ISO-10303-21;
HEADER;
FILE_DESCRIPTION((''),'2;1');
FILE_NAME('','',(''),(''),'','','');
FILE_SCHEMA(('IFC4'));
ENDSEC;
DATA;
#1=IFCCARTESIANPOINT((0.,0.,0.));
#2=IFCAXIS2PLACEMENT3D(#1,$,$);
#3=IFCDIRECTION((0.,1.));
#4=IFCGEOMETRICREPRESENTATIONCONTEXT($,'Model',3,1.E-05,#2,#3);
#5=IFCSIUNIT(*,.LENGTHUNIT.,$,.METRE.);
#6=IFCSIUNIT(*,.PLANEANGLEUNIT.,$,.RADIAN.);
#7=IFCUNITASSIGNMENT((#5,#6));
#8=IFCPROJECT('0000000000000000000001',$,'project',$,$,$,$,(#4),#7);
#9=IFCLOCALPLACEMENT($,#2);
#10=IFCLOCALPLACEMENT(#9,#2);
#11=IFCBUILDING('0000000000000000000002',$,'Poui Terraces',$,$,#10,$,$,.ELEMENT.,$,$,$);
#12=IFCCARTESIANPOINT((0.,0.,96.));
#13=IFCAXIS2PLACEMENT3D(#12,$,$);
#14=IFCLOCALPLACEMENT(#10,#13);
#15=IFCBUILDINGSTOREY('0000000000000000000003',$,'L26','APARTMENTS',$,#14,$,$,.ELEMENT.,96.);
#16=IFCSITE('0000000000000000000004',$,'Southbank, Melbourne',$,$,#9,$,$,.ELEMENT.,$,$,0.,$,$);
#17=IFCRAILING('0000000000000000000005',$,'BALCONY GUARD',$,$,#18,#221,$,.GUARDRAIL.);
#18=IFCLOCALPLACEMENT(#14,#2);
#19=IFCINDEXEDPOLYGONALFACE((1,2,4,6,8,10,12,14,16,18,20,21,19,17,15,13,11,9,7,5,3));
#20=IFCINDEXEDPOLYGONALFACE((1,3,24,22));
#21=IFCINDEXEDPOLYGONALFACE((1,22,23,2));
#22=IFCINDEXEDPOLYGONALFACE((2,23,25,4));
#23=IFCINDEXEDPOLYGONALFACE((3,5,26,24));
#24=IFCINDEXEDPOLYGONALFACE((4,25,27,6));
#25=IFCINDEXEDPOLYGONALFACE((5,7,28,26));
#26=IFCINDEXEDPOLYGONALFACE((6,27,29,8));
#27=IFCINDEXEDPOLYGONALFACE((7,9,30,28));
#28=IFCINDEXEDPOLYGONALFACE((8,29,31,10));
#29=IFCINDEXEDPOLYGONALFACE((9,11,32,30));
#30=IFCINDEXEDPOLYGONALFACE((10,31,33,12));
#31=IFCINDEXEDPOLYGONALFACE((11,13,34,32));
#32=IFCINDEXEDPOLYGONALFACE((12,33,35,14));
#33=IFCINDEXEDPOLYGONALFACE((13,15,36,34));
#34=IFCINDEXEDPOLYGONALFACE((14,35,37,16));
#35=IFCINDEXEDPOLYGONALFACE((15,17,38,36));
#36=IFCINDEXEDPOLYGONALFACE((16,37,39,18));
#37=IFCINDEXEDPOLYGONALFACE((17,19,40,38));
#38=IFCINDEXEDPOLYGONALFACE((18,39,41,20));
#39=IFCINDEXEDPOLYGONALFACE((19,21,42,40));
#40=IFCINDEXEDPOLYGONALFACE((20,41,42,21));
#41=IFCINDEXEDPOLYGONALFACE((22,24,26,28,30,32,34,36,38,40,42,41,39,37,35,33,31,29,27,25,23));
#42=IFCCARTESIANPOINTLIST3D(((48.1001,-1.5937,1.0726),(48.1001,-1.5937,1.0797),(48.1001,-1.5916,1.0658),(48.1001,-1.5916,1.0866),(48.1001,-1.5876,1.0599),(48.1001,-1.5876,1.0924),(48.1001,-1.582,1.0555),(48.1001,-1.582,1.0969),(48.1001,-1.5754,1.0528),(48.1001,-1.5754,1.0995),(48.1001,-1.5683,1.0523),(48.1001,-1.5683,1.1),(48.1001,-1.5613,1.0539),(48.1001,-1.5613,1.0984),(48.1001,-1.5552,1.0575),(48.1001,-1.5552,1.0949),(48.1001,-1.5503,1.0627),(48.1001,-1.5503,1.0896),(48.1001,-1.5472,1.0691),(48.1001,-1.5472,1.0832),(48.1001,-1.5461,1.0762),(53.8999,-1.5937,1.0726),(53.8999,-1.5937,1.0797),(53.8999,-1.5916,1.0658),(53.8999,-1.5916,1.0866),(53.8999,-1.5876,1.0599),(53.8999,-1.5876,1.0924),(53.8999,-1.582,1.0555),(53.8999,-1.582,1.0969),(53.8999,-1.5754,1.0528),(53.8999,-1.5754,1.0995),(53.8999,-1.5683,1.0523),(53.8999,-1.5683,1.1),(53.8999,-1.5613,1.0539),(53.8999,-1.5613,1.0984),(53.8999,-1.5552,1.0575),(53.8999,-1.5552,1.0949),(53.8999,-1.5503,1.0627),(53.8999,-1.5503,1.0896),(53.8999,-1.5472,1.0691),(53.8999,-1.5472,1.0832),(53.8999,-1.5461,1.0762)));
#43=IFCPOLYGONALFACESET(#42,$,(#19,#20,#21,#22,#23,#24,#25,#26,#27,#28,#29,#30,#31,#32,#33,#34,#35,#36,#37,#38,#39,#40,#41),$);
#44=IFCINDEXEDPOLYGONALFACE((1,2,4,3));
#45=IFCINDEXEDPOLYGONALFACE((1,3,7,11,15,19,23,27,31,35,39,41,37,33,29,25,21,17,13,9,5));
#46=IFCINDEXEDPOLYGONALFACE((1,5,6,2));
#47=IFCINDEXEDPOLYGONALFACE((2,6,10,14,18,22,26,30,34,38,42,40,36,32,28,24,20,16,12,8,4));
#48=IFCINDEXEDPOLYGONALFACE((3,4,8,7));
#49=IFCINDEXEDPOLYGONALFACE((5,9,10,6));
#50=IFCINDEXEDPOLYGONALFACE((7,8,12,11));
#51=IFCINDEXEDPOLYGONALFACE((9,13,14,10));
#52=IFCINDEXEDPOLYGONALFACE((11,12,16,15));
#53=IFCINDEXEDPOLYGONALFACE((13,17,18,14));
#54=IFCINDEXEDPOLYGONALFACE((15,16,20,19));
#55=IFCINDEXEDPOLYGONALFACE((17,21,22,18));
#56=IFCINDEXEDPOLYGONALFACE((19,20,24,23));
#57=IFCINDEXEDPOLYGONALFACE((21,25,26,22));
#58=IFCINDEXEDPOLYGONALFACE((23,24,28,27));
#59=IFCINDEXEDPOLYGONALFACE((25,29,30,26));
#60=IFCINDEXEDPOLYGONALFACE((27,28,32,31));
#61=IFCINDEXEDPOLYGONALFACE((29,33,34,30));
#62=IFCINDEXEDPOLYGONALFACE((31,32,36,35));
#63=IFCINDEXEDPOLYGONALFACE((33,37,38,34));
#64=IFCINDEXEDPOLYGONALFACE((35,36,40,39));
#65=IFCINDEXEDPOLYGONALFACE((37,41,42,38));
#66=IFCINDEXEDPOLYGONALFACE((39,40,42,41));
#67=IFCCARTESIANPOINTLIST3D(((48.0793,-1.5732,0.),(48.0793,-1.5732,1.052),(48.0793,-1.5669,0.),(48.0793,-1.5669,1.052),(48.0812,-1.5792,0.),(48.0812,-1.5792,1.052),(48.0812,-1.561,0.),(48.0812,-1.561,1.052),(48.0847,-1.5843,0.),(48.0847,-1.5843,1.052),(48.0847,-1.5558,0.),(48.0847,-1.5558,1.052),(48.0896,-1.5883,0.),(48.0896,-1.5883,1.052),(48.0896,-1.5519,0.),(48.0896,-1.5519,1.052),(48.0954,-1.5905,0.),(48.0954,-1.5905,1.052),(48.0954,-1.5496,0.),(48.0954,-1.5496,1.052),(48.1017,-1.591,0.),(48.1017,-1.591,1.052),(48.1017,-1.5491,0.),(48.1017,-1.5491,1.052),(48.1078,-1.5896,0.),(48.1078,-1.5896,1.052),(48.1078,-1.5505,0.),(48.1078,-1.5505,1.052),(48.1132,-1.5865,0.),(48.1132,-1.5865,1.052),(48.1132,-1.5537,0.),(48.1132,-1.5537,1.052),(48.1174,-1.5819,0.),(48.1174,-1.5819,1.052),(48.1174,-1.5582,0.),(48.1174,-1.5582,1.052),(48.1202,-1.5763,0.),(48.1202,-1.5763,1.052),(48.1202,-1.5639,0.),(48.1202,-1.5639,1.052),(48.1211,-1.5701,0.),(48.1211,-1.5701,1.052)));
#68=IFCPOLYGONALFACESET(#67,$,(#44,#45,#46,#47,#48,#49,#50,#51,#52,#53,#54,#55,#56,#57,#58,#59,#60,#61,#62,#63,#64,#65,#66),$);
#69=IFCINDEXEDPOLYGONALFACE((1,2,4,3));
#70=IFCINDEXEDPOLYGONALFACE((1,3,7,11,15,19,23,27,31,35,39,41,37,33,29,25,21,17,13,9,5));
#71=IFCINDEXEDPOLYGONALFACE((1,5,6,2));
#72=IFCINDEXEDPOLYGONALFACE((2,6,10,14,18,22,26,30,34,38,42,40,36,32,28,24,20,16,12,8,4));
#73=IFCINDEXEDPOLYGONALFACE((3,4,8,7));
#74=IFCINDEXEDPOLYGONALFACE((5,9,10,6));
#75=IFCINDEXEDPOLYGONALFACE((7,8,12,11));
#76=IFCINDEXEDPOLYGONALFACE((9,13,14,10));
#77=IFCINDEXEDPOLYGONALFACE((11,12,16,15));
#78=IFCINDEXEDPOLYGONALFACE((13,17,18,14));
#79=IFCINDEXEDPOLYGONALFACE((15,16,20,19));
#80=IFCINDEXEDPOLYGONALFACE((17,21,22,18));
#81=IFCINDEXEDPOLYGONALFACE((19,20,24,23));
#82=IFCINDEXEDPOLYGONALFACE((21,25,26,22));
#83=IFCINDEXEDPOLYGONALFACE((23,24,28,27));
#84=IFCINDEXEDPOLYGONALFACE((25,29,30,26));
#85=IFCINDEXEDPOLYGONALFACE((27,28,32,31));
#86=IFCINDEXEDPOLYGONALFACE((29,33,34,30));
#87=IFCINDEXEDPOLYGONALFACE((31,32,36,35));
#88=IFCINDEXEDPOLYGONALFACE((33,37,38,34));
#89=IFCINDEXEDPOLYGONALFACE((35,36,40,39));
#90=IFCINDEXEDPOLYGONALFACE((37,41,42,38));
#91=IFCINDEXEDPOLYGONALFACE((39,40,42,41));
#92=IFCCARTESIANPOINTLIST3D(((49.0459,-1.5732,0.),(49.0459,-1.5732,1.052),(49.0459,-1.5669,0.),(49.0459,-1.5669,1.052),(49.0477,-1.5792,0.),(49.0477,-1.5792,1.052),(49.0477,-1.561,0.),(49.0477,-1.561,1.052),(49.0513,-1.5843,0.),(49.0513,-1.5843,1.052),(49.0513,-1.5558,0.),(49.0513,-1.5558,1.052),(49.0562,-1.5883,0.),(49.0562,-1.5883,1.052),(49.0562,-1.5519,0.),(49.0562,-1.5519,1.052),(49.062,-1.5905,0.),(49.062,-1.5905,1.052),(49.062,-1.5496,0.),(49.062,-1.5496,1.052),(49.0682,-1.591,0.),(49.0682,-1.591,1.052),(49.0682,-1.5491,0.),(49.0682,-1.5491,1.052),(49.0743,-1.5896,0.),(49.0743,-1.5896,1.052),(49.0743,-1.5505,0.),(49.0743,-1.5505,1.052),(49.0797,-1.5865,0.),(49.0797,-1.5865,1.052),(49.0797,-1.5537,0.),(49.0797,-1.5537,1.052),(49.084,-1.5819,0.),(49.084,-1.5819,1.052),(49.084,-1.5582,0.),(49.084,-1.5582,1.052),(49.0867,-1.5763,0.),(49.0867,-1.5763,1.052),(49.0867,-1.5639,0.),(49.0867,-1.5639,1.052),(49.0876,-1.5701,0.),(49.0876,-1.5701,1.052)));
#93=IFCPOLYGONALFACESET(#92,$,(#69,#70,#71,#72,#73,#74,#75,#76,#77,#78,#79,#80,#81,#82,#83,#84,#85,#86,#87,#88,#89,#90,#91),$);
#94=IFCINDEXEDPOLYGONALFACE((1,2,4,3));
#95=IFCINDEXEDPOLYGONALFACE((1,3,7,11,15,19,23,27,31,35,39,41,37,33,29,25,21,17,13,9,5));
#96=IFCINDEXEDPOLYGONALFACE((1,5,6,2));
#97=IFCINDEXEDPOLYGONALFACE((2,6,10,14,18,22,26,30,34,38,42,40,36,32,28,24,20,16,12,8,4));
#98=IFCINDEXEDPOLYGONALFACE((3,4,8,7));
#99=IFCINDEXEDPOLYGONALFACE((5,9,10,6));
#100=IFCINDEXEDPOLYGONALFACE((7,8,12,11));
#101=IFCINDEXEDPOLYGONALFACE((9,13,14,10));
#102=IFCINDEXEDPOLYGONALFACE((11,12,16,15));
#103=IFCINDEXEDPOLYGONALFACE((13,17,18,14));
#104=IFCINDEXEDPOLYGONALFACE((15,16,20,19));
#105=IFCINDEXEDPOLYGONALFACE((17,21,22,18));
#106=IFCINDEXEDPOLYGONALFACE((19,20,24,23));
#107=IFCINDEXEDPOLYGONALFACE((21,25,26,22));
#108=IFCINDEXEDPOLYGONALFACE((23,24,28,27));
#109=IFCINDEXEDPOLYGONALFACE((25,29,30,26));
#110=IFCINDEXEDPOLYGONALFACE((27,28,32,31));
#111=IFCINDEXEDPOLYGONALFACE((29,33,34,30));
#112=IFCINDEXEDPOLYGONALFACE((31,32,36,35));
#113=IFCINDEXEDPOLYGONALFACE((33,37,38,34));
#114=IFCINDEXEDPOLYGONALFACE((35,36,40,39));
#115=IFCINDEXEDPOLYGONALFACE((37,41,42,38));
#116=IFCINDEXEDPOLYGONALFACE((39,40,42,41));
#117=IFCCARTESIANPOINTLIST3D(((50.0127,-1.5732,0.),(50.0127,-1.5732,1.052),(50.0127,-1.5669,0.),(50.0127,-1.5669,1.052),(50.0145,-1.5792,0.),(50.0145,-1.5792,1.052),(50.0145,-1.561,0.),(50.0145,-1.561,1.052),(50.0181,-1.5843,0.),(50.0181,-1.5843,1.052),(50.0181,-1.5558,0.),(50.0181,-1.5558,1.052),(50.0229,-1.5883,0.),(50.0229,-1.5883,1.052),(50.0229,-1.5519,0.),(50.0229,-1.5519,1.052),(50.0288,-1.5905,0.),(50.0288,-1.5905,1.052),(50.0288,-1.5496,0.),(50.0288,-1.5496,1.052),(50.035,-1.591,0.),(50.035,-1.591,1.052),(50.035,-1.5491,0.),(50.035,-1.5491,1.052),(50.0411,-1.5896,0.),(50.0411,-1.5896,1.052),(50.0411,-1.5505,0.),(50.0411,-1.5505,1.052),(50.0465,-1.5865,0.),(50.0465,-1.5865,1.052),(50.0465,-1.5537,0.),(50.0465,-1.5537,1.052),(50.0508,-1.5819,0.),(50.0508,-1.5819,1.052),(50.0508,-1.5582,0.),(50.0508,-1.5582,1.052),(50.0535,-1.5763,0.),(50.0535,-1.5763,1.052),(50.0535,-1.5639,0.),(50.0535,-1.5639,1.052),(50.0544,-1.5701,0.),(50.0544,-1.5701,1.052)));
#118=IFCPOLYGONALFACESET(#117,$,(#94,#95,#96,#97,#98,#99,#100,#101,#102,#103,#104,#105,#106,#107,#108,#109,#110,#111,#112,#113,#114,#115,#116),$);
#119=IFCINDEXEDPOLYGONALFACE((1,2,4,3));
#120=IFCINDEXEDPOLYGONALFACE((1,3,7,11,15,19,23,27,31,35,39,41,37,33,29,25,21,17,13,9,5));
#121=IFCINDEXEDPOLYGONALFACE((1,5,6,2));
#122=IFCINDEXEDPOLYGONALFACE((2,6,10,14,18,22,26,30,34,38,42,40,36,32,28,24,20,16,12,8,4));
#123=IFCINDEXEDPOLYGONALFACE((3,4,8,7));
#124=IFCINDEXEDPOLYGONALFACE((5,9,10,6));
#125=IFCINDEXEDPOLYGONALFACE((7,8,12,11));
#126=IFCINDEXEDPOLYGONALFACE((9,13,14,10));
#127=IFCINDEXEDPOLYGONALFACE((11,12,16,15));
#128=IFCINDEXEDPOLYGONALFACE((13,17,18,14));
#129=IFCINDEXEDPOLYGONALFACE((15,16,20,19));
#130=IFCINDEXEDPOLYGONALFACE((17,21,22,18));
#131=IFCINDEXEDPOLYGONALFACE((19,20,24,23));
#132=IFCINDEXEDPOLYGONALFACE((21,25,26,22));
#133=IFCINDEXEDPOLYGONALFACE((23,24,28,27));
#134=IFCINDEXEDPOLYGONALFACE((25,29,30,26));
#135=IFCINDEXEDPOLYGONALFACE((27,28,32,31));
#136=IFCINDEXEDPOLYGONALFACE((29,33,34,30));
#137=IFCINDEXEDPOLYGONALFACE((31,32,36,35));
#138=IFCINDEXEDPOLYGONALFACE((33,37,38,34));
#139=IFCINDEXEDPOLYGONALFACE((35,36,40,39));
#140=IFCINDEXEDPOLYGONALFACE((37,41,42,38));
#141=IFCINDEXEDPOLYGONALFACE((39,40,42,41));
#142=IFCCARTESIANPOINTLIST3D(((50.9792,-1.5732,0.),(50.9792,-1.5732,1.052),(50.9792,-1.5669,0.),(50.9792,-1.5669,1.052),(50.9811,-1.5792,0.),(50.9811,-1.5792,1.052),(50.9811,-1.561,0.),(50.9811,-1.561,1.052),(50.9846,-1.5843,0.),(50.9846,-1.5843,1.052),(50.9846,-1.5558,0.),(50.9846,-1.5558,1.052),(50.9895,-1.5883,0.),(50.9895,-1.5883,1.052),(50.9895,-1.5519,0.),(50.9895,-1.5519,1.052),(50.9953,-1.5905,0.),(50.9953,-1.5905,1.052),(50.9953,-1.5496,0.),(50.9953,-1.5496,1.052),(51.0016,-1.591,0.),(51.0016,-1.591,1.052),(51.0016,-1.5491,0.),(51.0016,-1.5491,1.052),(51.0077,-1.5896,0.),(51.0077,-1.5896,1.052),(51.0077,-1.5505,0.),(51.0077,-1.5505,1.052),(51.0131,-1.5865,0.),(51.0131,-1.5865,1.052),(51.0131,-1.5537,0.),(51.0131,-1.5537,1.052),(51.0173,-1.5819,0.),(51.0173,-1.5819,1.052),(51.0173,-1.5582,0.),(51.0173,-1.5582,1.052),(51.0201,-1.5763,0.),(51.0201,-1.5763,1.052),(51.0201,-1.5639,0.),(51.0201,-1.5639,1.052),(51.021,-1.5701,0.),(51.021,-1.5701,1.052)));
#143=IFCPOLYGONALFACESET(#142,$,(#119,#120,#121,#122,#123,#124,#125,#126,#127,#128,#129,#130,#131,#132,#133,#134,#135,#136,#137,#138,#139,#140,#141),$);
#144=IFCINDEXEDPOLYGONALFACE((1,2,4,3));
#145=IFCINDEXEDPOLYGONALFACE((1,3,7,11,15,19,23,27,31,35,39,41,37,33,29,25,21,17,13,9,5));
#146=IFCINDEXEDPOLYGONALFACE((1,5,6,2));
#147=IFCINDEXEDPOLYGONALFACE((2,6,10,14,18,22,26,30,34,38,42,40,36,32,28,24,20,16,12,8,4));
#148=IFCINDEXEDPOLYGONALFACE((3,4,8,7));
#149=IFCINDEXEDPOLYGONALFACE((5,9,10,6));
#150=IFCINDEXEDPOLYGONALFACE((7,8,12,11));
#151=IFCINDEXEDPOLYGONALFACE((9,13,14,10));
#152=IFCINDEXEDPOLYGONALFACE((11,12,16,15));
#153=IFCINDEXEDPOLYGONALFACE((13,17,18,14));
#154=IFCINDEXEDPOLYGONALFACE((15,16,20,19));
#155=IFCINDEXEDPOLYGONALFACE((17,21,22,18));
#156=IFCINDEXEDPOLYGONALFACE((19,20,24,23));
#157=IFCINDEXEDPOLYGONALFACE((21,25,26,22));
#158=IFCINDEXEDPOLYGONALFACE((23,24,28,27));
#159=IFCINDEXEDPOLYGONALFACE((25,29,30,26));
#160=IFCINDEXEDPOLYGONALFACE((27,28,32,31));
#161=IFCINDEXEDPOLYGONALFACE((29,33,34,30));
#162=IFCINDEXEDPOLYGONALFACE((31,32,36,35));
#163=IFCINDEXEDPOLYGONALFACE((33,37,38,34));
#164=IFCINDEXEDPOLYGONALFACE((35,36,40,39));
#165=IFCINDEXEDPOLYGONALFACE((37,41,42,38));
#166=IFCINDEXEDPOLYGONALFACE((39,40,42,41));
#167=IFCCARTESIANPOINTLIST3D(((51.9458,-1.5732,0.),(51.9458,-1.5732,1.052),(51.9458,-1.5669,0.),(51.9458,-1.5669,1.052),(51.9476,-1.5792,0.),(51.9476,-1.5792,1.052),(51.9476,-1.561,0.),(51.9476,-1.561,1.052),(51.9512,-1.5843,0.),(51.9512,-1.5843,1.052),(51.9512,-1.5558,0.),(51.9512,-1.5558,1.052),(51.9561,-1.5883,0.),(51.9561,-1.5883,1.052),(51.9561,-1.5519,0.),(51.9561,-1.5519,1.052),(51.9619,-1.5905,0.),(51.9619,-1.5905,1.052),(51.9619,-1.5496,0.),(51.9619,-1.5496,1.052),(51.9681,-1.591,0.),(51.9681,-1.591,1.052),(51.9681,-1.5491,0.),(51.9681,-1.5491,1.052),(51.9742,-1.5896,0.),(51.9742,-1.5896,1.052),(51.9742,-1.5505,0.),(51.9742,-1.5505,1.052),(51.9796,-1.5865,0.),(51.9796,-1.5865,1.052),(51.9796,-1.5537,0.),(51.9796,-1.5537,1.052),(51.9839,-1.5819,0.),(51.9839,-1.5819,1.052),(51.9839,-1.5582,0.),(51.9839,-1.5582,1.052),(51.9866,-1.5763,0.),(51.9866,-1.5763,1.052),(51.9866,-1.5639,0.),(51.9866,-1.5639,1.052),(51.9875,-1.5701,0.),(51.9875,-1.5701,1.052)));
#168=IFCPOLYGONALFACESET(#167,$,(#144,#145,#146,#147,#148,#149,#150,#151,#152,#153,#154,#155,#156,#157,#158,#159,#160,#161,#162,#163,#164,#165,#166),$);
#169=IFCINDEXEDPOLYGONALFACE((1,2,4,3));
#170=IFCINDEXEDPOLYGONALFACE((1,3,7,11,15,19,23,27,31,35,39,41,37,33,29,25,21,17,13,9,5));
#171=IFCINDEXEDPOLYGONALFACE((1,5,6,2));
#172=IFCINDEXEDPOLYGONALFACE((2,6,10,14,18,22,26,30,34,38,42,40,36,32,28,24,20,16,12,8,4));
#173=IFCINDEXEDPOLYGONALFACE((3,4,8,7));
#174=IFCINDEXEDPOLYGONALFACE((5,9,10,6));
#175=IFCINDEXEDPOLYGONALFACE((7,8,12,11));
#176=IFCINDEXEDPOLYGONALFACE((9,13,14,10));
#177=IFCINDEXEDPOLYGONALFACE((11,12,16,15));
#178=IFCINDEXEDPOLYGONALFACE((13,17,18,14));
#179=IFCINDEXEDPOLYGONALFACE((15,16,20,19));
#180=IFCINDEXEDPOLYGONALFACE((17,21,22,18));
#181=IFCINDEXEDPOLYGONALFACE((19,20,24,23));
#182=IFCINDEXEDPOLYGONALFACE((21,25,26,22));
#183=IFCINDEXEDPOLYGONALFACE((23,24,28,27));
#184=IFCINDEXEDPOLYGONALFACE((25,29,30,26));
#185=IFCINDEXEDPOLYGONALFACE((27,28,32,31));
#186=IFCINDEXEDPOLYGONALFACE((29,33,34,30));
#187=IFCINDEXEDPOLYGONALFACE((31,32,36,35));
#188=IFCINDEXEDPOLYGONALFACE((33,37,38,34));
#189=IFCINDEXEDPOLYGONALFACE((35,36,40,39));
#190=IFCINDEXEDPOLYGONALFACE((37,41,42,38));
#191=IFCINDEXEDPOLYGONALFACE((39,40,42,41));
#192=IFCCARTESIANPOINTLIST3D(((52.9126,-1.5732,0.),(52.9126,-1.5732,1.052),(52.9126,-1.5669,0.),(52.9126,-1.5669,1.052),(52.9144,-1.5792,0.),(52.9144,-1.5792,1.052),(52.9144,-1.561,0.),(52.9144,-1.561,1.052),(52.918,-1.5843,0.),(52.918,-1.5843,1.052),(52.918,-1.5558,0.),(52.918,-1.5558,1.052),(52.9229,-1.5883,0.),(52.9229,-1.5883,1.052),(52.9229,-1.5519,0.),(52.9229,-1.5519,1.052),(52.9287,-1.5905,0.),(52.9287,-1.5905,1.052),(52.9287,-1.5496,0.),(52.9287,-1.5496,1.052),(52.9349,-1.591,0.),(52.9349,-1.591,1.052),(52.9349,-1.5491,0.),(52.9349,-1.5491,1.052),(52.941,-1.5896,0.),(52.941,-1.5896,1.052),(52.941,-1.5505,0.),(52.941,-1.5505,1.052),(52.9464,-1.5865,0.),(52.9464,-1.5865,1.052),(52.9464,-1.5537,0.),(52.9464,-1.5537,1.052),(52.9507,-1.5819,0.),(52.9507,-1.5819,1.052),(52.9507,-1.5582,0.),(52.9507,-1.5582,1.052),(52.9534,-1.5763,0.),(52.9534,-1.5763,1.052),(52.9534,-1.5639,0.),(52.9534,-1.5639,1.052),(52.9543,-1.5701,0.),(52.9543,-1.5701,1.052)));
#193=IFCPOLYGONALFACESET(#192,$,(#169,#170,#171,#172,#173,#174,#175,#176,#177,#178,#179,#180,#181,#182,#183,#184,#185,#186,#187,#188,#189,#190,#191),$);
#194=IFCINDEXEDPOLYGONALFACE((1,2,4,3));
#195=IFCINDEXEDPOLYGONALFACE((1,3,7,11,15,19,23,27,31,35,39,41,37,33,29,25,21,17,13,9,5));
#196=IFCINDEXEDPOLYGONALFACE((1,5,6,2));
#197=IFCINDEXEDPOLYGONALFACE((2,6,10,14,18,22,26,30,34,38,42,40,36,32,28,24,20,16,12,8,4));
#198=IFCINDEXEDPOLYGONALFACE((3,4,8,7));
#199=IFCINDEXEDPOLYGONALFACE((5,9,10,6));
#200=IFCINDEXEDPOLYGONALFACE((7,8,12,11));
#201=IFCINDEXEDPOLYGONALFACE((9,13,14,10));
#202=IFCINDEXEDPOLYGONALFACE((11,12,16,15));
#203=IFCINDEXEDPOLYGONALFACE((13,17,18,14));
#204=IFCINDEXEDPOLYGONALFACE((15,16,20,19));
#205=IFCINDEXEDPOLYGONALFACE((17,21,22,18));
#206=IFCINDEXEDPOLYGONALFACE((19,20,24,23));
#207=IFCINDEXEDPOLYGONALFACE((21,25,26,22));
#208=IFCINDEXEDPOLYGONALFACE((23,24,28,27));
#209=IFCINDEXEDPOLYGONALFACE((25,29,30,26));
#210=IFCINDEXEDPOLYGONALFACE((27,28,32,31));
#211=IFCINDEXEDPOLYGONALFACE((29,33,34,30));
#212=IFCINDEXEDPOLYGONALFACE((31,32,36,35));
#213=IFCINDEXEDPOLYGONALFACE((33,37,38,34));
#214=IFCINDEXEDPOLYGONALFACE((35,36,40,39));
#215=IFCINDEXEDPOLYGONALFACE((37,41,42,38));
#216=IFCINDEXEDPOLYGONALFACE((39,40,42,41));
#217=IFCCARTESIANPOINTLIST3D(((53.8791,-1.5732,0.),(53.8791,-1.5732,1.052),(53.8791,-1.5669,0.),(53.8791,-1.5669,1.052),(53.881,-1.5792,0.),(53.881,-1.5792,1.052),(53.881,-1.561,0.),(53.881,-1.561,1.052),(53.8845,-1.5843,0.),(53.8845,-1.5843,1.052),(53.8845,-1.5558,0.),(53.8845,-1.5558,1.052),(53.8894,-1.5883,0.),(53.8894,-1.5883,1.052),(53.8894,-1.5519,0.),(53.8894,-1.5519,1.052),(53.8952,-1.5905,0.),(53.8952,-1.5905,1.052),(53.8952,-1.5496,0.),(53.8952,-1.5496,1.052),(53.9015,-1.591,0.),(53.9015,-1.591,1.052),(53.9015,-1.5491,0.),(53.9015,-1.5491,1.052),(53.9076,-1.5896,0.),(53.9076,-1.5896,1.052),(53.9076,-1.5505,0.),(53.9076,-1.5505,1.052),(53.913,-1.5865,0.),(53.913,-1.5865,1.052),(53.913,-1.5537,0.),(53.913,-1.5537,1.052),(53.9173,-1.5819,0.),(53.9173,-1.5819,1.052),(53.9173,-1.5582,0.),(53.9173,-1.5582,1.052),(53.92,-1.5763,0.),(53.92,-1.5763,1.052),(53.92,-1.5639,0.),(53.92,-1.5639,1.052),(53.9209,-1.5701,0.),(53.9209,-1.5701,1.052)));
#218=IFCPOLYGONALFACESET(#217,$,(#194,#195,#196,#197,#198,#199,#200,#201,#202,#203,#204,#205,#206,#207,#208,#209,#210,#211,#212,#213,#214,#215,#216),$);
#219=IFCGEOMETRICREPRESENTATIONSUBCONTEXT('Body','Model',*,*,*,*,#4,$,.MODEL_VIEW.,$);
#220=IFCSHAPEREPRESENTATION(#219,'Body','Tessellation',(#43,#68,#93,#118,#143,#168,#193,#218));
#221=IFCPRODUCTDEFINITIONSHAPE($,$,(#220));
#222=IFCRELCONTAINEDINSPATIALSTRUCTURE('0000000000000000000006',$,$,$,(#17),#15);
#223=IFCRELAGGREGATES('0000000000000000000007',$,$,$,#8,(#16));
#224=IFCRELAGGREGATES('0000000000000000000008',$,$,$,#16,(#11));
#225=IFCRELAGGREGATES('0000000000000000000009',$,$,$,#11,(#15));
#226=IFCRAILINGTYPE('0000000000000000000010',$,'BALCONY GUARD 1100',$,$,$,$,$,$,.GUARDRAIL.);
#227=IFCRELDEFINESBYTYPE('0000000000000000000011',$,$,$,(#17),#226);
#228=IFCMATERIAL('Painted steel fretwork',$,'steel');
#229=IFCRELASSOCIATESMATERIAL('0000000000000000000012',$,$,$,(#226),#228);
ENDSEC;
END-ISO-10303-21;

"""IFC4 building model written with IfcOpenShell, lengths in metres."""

from ifc_helpers import new_model, si_unit, direction, frame, origin, origin_2d, place, context, subcontext, project, spatial, circle, extrude, material, type_object, element, save


model = new_model("IFC4")

# Units and contexts
model_context = context("Model", 3, precision=1e-05, world=origin(), true_north=direction((0.0, 1.0)))
body_context = subcontext(model_context, "Body", "Model", "MODEL_VIEW")
ifc_project = project(units=[si_unit("LENGTHUNIT", "METRE"), si_unit("PLANEANGLEUNIT", "RADIAN")], contexts=[model_context])

# Site, building, storey
site_placement = place(None, origin())
site = spatial("IfcSite", under=ifc_project, at=site_placement, Name="Southbank, Melbourne", CompositionType="ELEMENT", RefElevation=0.0)
building_placement = place(site_placement, origin())
building = spatial("IfcBuilding", under=site, at=building_placement, Name="Poui Terraces", CompositionType="ELEMENT")
storey_placement = place(building_placement, frame((0.0, 0.0, 96.0)))
storey = spatial("IfcBuildingStorey", under=building, at=storey_placement, Name="L26", Description="APARTMENTS", CompositionType="ELEMENT", Elevation=96.0)

# Railing
ifc_material_1 = material(Name="Painted steel fretwork", Category="steel")
railing_type = type_object("IfcRailingType", Name="BALCONY GUARD 1100", PredefinedType="GUARDRAIL", material=ifc_material_1)
for number, where, name in (
    (1, (48.1001, -1.5701, 0.0), "BALCONY GUARD"),
):
    element("IfcRailing", number, at=place(storey_placement, frame(where)), inside=storey, type_object=railing_type, Name=name, PredefinedType="GUARDRAIL", context=body_context, shape_type="SweptSolid", body=[
        extrude(circle(Radius=0.0239, at=origin_2d()), frame((0.0, 0.0, 1.0762), z_axis=(1.0, 0.0, 0.0), x_axis=(0.0, 1.0, 0.0)), (0.0, 0.0, 1.0), 5.7998),
        extrude(circle(Radius=0.021, at=origin_2d()), origin(), (0.0, 0.0, 1.0), 1.052),
        extrude(circle(Radius=0.021, at=origin_2d()), frame((0.9666, 0.0, 0.0)), (0.0, 0.0, 1.0), 1.052),
        extrude(circle(Radius=0.021, at=origin_2d()), frame((1.9333, 0.0, 0.0)), (0.0, 0.0, 1.0), 1.052),
        extrude(circle(Radius=0.021, at=origin_2d()), frame((2.8999, 0.0, 0.0)), (0.0, 0.0, 1.0), 1.052),
        extrude(circle(Radius=0.021, at=origin_2d()), frame((3.8665, 0.0, 0.0)), (0.0, 0.0, 1.0), 1.052),
        extrude(circle(Radius=0.021, at=origin_2d()), frame((4.8333, 0.0, 0.0)), (0.0, 0.0, 1.0), 1.052),
        extrude(circle(Radius=0.021, at=origin_2d()), frame((5.7998, 0.0, 0.0)), (0.0, 0.0, 1.0), 1.052),
    ])

save(model, "model.ifc")
